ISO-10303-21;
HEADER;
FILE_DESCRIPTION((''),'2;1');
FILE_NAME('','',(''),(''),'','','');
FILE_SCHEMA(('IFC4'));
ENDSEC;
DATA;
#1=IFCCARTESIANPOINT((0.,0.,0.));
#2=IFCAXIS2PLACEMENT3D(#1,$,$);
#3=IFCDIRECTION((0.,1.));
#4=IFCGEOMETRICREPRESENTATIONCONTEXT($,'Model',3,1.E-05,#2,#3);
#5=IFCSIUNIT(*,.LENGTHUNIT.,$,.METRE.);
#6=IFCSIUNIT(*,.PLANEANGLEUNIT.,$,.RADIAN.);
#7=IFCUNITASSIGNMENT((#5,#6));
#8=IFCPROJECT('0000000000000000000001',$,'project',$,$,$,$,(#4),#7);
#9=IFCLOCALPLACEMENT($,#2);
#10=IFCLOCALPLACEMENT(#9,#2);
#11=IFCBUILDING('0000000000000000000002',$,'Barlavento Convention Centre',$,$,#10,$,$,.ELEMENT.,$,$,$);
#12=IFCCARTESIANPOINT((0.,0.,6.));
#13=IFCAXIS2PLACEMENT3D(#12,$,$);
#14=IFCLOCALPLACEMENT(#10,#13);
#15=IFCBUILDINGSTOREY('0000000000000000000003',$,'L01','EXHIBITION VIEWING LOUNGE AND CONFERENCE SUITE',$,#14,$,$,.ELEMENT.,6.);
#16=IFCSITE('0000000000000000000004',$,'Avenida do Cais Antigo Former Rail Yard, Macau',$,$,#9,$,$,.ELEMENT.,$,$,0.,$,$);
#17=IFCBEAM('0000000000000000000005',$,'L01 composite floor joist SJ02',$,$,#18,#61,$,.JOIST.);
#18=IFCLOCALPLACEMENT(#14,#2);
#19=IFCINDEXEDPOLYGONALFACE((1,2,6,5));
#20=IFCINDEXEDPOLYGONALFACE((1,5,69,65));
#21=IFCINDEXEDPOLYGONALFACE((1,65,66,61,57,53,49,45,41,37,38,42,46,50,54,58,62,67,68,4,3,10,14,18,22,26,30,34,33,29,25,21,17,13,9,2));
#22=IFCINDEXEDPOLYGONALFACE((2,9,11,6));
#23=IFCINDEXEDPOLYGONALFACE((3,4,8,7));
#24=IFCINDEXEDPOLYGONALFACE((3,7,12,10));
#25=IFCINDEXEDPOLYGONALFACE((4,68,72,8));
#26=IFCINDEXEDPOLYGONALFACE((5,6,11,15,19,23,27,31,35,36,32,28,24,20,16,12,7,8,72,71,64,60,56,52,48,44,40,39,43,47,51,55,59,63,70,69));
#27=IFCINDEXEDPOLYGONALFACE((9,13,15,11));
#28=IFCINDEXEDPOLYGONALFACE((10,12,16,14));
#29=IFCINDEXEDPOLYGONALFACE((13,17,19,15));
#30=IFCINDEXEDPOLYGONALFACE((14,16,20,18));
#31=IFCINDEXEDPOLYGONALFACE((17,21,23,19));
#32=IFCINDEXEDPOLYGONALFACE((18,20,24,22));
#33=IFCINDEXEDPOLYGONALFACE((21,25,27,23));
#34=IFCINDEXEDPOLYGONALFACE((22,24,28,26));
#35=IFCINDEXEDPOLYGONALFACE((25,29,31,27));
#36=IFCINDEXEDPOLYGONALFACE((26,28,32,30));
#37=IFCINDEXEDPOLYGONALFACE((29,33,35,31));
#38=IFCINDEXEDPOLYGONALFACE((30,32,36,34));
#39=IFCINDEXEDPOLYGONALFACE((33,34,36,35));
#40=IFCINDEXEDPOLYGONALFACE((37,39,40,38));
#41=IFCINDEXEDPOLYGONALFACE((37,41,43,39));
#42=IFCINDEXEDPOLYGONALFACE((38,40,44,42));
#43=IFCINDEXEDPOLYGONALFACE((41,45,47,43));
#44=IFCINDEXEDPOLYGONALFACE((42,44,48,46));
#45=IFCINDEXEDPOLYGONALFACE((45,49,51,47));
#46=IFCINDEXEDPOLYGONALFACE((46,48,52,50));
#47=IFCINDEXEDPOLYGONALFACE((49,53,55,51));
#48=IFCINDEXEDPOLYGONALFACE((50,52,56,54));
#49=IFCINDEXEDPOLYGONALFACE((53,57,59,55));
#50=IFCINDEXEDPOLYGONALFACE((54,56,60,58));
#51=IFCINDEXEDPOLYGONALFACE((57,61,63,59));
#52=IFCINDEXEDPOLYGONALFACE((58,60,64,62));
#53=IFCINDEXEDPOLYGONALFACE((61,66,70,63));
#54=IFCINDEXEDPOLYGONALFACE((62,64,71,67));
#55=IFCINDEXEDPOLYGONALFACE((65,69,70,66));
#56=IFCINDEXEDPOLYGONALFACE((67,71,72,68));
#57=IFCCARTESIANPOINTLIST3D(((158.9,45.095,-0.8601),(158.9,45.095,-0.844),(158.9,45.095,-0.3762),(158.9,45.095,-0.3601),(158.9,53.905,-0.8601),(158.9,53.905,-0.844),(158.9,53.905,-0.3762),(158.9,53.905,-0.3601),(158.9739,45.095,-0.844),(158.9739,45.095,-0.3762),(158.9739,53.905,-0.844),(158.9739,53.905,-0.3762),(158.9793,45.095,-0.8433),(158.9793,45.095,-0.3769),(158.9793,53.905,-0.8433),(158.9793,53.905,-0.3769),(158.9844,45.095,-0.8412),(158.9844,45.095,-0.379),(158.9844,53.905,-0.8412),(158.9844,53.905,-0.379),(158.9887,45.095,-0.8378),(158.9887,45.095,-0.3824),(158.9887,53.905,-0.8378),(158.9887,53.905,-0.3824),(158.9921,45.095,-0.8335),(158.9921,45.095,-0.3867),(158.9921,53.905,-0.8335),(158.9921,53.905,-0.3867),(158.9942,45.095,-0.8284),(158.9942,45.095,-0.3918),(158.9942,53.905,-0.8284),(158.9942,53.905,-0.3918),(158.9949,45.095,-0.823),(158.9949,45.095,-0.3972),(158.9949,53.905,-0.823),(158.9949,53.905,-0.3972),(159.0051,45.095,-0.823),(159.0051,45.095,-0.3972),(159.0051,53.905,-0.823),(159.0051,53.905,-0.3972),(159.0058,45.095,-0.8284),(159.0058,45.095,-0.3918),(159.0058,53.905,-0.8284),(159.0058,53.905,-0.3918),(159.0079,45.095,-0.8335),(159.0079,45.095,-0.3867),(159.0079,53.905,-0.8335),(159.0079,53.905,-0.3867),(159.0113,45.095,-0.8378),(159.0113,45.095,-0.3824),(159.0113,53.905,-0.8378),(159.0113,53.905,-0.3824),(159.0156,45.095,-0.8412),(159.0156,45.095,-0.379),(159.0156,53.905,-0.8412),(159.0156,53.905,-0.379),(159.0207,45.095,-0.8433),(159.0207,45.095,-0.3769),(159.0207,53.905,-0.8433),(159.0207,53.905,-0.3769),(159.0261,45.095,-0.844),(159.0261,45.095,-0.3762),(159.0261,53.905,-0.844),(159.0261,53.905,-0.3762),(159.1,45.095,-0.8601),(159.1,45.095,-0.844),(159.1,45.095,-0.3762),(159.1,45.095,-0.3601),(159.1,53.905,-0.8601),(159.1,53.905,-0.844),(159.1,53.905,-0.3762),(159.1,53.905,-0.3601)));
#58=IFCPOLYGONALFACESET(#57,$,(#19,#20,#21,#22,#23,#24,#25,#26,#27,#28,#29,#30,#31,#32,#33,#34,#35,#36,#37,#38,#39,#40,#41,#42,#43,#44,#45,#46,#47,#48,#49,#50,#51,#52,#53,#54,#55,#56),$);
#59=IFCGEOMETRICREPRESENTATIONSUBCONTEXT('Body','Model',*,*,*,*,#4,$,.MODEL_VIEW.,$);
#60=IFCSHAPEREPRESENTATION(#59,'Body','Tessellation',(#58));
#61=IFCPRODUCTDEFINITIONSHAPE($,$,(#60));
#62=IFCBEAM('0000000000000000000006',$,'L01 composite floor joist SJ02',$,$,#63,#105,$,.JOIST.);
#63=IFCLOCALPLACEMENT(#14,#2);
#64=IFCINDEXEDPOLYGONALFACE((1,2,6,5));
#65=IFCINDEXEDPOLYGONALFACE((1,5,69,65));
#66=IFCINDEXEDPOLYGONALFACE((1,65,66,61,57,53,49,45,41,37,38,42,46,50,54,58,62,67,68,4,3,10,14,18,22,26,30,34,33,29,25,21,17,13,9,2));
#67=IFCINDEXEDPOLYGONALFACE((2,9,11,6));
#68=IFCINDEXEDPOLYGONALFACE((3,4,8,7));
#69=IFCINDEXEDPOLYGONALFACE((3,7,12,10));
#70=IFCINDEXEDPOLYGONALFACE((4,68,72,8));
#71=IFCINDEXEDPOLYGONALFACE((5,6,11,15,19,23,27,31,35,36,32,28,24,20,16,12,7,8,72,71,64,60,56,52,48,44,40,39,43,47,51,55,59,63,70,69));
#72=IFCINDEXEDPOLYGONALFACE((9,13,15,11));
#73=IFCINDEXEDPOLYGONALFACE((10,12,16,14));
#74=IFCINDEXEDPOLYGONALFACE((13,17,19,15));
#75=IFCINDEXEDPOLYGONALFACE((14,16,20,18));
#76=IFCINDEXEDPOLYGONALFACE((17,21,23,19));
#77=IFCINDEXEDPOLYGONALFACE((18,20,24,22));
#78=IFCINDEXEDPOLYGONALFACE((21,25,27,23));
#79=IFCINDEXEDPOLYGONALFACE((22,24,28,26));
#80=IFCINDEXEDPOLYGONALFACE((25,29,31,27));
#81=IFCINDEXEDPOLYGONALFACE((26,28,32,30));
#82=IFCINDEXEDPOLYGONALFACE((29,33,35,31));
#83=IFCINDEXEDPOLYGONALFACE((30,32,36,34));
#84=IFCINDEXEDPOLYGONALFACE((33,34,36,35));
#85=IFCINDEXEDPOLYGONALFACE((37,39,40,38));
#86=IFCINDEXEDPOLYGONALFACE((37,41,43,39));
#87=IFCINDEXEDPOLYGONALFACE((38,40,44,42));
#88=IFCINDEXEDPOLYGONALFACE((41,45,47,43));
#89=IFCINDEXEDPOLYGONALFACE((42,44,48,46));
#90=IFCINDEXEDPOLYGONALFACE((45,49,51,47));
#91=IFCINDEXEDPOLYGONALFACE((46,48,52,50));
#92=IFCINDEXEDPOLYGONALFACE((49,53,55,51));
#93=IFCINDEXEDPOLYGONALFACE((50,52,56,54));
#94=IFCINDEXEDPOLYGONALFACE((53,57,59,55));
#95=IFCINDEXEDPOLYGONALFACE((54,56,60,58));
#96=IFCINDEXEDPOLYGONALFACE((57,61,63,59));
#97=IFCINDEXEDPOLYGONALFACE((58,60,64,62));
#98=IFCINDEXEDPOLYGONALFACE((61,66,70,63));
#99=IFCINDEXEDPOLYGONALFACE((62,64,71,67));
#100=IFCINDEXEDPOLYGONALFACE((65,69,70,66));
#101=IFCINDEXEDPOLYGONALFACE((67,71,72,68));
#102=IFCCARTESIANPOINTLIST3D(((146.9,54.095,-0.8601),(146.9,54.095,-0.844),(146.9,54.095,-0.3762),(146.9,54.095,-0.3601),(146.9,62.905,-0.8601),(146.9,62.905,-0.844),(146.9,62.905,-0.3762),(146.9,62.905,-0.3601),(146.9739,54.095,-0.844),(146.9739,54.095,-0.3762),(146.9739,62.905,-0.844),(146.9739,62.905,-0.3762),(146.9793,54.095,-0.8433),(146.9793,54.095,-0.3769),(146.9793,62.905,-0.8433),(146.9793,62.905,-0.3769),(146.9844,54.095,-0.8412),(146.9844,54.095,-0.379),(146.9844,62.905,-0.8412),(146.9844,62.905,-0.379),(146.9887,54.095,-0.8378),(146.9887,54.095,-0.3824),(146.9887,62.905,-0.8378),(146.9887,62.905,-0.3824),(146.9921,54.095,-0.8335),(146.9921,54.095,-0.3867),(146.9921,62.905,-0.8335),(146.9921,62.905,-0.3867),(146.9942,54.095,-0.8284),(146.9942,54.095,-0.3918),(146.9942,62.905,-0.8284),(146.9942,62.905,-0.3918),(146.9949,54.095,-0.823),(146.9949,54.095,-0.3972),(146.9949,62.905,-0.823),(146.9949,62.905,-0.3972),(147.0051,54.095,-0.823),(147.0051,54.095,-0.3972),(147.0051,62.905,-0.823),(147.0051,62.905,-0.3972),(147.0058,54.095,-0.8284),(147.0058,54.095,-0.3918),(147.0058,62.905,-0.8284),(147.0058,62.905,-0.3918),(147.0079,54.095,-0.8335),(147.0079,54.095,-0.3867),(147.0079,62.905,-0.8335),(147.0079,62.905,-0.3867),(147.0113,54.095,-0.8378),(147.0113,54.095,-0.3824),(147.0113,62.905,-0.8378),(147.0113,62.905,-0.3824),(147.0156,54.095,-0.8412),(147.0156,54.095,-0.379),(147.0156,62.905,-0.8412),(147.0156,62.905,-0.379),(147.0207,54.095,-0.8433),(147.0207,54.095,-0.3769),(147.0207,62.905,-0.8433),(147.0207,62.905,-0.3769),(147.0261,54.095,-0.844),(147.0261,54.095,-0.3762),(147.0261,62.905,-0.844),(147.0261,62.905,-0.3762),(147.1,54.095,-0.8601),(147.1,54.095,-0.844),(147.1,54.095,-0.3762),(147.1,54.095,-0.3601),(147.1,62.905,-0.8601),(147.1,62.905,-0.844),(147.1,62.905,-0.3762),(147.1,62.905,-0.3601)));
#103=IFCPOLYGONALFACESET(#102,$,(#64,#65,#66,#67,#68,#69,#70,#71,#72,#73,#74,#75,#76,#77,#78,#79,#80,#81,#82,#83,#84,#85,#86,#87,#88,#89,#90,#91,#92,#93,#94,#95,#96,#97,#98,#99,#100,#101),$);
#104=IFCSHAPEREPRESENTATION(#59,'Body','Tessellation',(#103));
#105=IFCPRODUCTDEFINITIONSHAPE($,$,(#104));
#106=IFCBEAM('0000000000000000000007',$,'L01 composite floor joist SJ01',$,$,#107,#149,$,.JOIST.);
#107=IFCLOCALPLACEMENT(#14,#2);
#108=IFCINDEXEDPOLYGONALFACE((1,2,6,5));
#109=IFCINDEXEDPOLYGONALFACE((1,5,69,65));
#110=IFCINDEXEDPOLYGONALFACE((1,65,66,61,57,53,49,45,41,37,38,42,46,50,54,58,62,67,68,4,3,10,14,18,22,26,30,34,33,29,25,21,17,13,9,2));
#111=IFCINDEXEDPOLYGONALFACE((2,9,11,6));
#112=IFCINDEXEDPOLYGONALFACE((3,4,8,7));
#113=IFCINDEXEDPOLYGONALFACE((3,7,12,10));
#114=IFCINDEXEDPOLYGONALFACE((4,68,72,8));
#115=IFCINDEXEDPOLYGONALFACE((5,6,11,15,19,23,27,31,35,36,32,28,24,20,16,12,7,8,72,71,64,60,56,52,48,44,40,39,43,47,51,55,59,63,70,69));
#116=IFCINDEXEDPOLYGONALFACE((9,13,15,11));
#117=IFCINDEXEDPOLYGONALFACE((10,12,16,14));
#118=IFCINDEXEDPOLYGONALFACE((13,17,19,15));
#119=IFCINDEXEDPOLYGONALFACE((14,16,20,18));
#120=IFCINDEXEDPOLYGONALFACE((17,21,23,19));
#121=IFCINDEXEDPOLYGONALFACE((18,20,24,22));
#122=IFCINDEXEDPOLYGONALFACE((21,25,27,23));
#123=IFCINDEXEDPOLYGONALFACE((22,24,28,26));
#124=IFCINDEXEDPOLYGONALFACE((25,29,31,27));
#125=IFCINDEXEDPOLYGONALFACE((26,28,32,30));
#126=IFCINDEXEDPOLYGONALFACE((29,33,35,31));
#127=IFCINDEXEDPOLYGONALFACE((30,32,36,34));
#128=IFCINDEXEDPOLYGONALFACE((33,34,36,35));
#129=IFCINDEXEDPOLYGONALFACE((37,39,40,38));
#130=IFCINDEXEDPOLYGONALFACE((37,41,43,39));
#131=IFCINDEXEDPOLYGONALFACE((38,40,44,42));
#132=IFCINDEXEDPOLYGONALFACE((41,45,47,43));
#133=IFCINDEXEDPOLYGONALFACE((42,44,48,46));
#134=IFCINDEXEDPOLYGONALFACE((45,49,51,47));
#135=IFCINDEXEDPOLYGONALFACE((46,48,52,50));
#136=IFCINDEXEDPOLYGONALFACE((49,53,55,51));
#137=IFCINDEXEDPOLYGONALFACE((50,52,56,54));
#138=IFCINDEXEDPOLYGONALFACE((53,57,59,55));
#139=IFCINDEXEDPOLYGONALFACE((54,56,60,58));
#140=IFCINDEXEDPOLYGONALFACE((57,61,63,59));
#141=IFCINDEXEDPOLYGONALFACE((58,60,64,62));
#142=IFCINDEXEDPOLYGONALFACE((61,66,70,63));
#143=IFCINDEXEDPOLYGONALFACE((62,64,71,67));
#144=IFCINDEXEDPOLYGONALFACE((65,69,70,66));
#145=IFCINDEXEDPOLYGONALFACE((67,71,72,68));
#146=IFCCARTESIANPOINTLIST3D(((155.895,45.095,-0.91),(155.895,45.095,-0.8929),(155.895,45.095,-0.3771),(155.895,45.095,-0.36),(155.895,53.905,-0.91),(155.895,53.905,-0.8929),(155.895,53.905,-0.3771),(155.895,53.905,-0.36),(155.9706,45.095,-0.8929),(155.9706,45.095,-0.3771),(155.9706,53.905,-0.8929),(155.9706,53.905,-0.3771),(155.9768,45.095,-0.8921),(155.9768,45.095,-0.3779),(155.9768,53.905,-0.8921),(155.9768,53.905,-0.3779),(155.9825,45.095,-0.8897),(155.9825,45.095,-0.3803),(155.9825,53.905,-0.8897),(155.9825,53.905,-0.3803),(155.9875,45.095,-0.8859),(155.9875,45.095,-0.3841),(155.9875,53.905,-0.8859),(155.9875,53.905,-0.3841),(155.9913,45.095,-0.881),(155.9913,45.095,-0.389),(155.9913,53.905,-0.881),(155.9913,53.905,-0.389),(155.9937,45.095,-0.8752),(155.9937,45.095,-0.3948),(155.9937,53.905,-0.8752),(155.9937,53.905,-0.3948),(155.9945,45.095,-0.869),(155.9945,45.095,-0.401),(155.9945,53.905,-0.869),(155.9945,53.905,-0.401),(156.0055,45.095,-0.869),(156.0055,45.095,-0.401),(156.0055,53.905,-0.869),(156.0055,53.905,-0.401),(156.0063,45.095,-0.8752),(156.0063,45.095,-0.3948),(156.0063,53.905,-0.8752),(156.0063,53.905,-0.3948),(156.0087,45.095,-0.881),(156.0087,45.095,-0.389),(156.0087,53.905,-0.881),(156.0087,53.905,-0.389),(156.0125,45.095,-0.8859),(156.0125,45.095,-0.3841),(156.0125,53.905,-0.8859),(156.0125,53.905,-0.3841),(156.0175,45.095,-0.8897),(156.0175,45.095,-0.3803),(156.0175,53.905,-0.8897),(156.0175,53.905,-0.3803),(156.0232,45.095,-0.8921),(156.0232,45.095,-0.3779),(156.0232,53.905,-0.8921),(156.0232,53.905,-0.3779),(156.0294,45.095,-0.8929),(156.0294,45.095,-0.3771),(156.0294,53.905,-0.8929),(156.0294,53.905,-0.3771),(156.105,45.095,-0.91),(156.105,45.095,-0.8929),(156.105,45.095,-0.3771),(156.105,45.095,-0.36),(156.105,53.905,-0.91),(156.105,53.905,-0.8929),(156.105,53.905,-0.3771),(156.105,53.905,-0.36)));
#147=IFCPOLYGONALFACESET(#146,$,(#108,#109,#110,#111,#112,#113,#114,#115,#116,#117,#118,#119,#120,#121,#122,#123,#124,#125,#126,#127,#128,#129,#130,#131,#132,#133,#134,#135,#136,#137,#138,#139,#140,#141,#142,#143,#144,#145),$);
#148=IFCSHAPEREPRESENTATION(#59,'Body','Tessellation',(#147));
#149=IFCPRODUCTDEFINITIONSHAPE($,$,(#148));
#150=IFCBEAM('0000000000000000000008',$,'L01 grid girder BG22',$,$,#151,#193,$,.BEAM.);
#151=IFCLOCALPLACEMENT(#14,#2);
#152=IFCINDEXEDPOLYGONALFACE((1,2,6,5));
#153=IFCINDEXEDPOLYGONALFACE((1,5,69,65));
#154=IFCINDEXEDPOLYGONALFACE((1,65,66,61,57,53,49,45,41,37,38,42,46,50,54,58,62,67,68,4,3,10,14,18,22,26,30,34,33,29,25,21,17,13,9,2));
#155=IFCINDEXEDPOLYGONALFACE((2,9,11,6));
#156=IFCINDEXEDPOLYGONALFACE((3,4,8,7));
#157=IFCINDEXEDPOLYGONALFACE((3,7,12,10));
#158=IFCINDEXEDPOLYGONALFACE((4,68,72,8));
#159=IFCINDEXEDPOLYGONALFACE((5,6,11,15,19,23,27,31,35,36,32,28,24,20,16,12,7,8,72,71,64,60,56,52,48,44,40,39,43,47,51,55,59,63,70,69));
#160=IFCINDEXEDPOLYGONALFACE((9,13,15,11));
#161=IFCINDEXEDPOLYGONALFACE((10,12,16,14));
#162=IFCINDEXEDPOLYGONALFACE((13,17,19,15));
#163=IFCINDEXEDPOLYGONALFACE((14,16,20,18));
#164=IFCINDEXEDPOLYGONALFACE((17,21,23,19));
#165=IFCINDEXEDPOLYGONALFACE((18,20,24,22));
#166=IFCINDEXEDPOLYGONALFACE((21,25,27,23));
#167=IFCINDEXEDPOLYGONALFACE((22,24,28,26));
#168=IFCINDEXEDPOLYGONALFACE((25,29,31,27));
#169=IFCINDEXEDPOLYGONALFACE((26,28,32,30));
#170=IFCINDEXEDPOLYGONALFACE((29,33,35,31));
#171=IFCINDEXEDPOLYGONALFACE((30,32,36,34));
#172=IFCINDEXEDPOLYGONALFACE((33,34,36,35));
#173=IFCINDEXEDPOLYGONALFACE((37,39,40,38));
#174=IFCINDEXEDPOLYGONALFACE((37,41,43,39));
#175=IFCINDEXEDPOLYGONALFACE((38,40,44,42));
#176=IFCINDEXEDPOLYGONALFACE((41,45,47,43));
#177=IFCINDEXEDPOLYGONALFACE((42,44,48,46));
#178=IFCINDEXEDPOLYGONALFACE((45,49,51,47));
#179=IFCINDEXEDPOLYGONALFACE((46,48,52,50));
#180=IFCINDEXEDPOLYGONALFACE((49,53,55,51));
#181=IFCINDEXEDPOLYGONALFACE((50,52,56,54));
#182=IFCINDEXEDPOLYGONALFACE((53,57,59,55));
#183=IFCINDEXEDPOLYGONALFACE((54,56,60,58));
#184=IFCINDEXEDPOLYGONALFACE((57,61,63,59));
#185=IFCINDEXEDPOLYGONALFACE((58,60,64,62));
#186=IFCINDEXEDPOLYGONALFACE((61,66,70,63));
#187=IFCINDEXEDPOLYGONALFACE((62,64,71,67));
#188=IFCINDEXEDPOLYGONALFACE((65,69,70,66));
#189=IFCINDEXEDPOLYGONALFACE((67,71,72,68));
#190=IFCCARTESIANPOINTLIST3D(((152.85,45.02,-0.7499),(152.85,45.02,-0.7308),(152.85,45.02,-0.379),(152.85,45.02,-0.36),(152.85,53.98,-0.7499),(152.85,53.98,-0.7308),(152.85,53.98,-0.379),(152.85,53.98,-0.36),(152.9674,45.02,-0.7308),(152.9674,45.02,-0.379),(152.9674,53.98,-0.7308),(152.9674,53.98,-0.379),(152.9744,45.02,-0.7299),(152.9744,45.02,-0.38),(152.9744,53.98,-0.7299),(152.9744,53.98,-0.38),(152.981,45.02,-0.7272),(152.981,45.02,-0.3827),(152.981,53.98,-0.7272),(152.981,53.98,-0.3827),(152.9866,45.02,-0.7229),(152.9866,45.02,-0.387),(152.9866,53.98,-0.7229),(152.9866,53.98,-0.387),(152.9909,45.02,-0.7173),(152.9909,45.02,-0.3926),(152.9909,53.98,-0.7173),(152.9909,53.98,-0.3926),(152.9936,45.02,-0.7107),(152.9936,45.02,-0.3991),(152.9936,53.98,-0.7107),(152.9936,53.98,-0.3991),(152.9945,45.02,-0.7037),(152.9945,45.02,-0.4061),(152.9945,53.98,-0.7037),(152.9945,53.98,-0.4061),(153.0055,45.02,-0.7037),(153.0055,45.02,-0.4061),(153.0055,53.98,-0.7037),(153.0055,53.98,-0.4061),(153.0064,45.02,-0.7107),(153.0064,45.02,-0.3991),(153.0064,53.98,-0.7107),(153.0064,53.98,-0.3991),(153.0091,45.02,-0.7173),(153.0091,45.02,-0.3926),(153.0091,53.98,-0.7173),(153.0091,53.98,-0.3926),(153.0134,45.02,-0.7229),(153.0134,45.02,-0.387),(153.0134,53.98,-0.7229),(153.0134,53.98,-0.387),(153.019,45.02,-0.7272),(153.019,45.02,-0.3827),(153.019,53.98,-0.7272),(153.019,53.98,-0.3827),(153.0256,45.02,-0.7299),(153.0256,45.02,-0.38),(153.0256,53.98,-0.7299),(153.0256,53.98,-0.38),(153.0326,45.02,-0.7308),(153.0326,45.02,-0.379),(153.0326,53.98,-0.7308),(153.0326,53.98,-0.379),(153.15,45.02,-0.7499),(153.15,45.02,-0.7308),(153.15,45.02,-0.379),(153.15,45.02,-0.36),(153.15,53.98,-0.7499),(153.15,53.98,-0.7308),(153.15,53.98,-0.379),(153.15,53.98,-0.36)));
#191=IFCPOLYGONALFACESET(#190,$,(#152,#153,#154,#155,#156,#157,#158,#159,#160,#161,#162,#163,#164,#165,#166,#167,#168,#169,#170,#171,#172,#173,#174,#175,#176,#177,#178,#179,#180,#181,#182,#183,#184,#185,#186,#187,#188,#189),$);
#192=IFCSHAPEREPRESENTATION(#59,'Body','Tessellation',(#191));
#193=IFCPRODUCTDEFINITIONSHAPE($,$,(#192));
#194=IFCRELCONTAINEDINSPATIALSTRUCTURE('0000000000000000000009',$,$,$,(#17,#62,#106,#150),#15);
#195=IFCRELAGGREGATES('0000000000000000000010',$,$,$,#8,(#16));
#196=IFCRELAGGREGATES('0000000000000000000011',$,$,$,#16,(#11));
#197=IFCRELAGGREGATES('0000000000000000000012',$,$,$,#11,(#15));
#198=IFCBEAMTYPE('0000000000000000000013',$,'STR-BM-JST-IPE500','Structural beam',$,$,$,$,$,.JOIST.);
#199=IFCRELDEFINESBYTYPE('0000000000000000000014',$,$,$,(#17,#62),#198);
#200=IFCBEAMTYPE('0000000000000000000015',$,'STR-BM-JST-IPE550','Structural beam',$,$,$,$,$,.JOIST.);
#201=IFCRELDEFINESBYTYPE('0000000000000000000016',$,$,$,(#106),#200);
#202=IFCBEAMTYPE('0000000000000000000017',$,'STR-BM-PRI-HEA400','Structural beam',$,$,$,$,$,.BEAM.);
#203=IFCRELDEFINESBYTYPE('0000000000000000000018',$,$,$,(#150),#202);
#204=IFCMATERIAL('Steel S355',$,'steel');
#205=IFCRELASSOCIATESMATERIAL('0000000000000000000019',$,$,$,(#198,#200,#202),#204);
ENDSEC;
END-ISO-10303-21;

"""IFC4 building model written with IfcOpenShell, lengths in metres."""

from ifc_helpers import new_model, si_unit, direction, frame, origin, origin_2d, place, context, subcontext, project, spatial, i_section, extrude, material, material_profile, profile_set, type_object, element, save


model = new_model("IFC4")

# Units and contexts
model_context = context("Model", 3, precision=1e-05, world=origin(), true_north=direction((0.0, 1.0)))
body_context = subcontext(model_context, "Body", "Model", "MODEL_VIEW")
ifc_project = project(units=[si_unit("LENGTHUNIT", "METRE"), si_unit("PLANEANGLEUNIT", "RADIAN")], contexts=[model_context])

# Site, building, storey
site_placement = place(None, origin())
site = spatial("IfcSite", under=ifc_project, at=site_placement, Name="Avenida do Cais Antigo Former Rail Yard, Macau", CompositionType="ELEMENT", RefElevation=0.0)
building_placement = place(site_placement, origin())
building = spatial("IfcBuilding", under=site, at=building_placement, Name="Barlavento Convention Centre", CompositionType="ELEMENT")
storey_placement = place(building_placement, frame((0.0, 0.0, 6.0)))
storey = spatial("IfcBuildingStorey", under=building, at=storey_placement, Name="L01", Description="EXHIBITION VIEWING LOUNGE AND CONFERENCE SUITE", CompositionType="ELEMENT", Elevation=6.0)

# Shared definitions
ifc_material_1 = material(Name="Steel S355", Category="steel")

# Beams
ifc_material_profile_1 = material_profile(ifc_material_1, i_section(OverallWidth=0.2, OverallDepth=0.5, WebThickness=0.0103, FlangeThickness=0.0161, FilletRadius=0.021, at=origin_2d()), Name="IPE 500")
ifc_profile_set_1 = profile_set([ifc_material_profile_1], Name="Steel S355")
beam_type_1 = type_object("IfcBeamType", Name="STR-BM-JST-IPE500", Description="Structural beam", PredefinedType="JOIST", material=ifc_profile_set_1)
for number, where, z_axis, x_axis, name in (
    (1, (159.0, 45.095, -0.6101), (0.0, 1.0, 0.0), (-1.0, 0.0, 0.0), "L01 composite floor joist SJ02"),
    (2, (147.0, 54.095, -0.6101), (0.0, 1.0, 0.0), (-1.0, 0.0, 0.0), "L01 composite floor joist SJ02"),
):
    element("IfcBeam", number, at=place(storey_placement, frame(where, z_axis=z_axis, x_axis=x_axis)), inside=storey, type_object=beam_type_1, Name=name, PredefinedType="JOIST", context=body_context, shape_type="SweptSolid", body=[
        extrude(i_section(OverallWidth=0.2, OverallDepth=0.5, WebThickness=0.0103, FlangeThickness=0.0161, FilletRadius=0.021, at=origin_2d()), origin(), (0.0, 0.0, 1.0), 8.8101),
    ])
ifc_material_profile_2 = material_profile(ifc_material_1, i_section(OverallWidth=0.21, OverallDepth=0.55, WebThickness=0.011, FlangeThickness=0.0171, FilletRadius=0.0239, at=origin_2d()), Name="IPE 550")
ifc_profile_set_2 = profile_set([ifc_material_profile_2], Name="Steel S355")
beam_type_2 = type_object("IfcBeamType", Name="STR-BM-JST-IPE550", Description="Structural beam", PredefinedType="JOIST", material=ifc_profile_set_2)
beam_1_placement = place(storey_placement, frame((156.0, 45.095, -0.635), z_axis=(0.0, 1.0, 0.0), x_axis=(-1.0, 0.0, 0.0)))
element("IfcBeam", 3, at=beam_1_placement, inside=storey, type_object=beam_type_2, Name="L01 composite floor joist SJ01", PredefinedType="JOIST", context=body_context, shape_type="SweptSolid", body=[
    extrude(i_section(OverallWidth=0.21, OverallDepth=0.55, WebThickness=0.011, FlangeThickness=0.0171, FilletRadius=0.0239, at=origin_2d()), origin(), (0.0, 0.0, 1.0), 8.8101),
])
ifc_material_profile_3 = material_profile(ifc_material_1, i_section(OverallWidth=0.3, OverallDepth=0.3899, WebThickness=0.011, FlangeThickness=0.019, FilletRadius=0.0271, at=origin_2d()), Name="HEA 400")
ifc_profile_set_3 = profile_set([ifc_material_profile_3], Name="Steel S355")
beam_type_3 = type_object("IfcBeamType", Name="STR-BM-PRI-HEA400", Description="Structural beam", PredefinedType="BEAM", material=ifc_profile_set_3)
for number, where, z_axis, x_axis, name in (
    (4, (153.0, 45.02, -0.5549), (0.0, 1.0, 0.0), (-1.0, 0.0, 0.0), "L01 grid girder BG22"),
):
    element("IfcBeam", number, at=place(storey_placement, frame(where, z_axis=z_axis, x_axis=x_axis)), inside=storey, type_object=beam_type_3, Name=name, PredefinedType="BEAM", context=body_context, shape_type="SweptSolid", body=[
        extrude(i_section(OverallWidth=0.3, OverallDepth=0.3899, WebThickness=0.011, FlangeThickness=0.019, FilletRadius=0.0271, at=origin_2d()), origin(), (0.0, 0.0, 1.0), 8.96),
    ])

save(model, "model.ifc")
